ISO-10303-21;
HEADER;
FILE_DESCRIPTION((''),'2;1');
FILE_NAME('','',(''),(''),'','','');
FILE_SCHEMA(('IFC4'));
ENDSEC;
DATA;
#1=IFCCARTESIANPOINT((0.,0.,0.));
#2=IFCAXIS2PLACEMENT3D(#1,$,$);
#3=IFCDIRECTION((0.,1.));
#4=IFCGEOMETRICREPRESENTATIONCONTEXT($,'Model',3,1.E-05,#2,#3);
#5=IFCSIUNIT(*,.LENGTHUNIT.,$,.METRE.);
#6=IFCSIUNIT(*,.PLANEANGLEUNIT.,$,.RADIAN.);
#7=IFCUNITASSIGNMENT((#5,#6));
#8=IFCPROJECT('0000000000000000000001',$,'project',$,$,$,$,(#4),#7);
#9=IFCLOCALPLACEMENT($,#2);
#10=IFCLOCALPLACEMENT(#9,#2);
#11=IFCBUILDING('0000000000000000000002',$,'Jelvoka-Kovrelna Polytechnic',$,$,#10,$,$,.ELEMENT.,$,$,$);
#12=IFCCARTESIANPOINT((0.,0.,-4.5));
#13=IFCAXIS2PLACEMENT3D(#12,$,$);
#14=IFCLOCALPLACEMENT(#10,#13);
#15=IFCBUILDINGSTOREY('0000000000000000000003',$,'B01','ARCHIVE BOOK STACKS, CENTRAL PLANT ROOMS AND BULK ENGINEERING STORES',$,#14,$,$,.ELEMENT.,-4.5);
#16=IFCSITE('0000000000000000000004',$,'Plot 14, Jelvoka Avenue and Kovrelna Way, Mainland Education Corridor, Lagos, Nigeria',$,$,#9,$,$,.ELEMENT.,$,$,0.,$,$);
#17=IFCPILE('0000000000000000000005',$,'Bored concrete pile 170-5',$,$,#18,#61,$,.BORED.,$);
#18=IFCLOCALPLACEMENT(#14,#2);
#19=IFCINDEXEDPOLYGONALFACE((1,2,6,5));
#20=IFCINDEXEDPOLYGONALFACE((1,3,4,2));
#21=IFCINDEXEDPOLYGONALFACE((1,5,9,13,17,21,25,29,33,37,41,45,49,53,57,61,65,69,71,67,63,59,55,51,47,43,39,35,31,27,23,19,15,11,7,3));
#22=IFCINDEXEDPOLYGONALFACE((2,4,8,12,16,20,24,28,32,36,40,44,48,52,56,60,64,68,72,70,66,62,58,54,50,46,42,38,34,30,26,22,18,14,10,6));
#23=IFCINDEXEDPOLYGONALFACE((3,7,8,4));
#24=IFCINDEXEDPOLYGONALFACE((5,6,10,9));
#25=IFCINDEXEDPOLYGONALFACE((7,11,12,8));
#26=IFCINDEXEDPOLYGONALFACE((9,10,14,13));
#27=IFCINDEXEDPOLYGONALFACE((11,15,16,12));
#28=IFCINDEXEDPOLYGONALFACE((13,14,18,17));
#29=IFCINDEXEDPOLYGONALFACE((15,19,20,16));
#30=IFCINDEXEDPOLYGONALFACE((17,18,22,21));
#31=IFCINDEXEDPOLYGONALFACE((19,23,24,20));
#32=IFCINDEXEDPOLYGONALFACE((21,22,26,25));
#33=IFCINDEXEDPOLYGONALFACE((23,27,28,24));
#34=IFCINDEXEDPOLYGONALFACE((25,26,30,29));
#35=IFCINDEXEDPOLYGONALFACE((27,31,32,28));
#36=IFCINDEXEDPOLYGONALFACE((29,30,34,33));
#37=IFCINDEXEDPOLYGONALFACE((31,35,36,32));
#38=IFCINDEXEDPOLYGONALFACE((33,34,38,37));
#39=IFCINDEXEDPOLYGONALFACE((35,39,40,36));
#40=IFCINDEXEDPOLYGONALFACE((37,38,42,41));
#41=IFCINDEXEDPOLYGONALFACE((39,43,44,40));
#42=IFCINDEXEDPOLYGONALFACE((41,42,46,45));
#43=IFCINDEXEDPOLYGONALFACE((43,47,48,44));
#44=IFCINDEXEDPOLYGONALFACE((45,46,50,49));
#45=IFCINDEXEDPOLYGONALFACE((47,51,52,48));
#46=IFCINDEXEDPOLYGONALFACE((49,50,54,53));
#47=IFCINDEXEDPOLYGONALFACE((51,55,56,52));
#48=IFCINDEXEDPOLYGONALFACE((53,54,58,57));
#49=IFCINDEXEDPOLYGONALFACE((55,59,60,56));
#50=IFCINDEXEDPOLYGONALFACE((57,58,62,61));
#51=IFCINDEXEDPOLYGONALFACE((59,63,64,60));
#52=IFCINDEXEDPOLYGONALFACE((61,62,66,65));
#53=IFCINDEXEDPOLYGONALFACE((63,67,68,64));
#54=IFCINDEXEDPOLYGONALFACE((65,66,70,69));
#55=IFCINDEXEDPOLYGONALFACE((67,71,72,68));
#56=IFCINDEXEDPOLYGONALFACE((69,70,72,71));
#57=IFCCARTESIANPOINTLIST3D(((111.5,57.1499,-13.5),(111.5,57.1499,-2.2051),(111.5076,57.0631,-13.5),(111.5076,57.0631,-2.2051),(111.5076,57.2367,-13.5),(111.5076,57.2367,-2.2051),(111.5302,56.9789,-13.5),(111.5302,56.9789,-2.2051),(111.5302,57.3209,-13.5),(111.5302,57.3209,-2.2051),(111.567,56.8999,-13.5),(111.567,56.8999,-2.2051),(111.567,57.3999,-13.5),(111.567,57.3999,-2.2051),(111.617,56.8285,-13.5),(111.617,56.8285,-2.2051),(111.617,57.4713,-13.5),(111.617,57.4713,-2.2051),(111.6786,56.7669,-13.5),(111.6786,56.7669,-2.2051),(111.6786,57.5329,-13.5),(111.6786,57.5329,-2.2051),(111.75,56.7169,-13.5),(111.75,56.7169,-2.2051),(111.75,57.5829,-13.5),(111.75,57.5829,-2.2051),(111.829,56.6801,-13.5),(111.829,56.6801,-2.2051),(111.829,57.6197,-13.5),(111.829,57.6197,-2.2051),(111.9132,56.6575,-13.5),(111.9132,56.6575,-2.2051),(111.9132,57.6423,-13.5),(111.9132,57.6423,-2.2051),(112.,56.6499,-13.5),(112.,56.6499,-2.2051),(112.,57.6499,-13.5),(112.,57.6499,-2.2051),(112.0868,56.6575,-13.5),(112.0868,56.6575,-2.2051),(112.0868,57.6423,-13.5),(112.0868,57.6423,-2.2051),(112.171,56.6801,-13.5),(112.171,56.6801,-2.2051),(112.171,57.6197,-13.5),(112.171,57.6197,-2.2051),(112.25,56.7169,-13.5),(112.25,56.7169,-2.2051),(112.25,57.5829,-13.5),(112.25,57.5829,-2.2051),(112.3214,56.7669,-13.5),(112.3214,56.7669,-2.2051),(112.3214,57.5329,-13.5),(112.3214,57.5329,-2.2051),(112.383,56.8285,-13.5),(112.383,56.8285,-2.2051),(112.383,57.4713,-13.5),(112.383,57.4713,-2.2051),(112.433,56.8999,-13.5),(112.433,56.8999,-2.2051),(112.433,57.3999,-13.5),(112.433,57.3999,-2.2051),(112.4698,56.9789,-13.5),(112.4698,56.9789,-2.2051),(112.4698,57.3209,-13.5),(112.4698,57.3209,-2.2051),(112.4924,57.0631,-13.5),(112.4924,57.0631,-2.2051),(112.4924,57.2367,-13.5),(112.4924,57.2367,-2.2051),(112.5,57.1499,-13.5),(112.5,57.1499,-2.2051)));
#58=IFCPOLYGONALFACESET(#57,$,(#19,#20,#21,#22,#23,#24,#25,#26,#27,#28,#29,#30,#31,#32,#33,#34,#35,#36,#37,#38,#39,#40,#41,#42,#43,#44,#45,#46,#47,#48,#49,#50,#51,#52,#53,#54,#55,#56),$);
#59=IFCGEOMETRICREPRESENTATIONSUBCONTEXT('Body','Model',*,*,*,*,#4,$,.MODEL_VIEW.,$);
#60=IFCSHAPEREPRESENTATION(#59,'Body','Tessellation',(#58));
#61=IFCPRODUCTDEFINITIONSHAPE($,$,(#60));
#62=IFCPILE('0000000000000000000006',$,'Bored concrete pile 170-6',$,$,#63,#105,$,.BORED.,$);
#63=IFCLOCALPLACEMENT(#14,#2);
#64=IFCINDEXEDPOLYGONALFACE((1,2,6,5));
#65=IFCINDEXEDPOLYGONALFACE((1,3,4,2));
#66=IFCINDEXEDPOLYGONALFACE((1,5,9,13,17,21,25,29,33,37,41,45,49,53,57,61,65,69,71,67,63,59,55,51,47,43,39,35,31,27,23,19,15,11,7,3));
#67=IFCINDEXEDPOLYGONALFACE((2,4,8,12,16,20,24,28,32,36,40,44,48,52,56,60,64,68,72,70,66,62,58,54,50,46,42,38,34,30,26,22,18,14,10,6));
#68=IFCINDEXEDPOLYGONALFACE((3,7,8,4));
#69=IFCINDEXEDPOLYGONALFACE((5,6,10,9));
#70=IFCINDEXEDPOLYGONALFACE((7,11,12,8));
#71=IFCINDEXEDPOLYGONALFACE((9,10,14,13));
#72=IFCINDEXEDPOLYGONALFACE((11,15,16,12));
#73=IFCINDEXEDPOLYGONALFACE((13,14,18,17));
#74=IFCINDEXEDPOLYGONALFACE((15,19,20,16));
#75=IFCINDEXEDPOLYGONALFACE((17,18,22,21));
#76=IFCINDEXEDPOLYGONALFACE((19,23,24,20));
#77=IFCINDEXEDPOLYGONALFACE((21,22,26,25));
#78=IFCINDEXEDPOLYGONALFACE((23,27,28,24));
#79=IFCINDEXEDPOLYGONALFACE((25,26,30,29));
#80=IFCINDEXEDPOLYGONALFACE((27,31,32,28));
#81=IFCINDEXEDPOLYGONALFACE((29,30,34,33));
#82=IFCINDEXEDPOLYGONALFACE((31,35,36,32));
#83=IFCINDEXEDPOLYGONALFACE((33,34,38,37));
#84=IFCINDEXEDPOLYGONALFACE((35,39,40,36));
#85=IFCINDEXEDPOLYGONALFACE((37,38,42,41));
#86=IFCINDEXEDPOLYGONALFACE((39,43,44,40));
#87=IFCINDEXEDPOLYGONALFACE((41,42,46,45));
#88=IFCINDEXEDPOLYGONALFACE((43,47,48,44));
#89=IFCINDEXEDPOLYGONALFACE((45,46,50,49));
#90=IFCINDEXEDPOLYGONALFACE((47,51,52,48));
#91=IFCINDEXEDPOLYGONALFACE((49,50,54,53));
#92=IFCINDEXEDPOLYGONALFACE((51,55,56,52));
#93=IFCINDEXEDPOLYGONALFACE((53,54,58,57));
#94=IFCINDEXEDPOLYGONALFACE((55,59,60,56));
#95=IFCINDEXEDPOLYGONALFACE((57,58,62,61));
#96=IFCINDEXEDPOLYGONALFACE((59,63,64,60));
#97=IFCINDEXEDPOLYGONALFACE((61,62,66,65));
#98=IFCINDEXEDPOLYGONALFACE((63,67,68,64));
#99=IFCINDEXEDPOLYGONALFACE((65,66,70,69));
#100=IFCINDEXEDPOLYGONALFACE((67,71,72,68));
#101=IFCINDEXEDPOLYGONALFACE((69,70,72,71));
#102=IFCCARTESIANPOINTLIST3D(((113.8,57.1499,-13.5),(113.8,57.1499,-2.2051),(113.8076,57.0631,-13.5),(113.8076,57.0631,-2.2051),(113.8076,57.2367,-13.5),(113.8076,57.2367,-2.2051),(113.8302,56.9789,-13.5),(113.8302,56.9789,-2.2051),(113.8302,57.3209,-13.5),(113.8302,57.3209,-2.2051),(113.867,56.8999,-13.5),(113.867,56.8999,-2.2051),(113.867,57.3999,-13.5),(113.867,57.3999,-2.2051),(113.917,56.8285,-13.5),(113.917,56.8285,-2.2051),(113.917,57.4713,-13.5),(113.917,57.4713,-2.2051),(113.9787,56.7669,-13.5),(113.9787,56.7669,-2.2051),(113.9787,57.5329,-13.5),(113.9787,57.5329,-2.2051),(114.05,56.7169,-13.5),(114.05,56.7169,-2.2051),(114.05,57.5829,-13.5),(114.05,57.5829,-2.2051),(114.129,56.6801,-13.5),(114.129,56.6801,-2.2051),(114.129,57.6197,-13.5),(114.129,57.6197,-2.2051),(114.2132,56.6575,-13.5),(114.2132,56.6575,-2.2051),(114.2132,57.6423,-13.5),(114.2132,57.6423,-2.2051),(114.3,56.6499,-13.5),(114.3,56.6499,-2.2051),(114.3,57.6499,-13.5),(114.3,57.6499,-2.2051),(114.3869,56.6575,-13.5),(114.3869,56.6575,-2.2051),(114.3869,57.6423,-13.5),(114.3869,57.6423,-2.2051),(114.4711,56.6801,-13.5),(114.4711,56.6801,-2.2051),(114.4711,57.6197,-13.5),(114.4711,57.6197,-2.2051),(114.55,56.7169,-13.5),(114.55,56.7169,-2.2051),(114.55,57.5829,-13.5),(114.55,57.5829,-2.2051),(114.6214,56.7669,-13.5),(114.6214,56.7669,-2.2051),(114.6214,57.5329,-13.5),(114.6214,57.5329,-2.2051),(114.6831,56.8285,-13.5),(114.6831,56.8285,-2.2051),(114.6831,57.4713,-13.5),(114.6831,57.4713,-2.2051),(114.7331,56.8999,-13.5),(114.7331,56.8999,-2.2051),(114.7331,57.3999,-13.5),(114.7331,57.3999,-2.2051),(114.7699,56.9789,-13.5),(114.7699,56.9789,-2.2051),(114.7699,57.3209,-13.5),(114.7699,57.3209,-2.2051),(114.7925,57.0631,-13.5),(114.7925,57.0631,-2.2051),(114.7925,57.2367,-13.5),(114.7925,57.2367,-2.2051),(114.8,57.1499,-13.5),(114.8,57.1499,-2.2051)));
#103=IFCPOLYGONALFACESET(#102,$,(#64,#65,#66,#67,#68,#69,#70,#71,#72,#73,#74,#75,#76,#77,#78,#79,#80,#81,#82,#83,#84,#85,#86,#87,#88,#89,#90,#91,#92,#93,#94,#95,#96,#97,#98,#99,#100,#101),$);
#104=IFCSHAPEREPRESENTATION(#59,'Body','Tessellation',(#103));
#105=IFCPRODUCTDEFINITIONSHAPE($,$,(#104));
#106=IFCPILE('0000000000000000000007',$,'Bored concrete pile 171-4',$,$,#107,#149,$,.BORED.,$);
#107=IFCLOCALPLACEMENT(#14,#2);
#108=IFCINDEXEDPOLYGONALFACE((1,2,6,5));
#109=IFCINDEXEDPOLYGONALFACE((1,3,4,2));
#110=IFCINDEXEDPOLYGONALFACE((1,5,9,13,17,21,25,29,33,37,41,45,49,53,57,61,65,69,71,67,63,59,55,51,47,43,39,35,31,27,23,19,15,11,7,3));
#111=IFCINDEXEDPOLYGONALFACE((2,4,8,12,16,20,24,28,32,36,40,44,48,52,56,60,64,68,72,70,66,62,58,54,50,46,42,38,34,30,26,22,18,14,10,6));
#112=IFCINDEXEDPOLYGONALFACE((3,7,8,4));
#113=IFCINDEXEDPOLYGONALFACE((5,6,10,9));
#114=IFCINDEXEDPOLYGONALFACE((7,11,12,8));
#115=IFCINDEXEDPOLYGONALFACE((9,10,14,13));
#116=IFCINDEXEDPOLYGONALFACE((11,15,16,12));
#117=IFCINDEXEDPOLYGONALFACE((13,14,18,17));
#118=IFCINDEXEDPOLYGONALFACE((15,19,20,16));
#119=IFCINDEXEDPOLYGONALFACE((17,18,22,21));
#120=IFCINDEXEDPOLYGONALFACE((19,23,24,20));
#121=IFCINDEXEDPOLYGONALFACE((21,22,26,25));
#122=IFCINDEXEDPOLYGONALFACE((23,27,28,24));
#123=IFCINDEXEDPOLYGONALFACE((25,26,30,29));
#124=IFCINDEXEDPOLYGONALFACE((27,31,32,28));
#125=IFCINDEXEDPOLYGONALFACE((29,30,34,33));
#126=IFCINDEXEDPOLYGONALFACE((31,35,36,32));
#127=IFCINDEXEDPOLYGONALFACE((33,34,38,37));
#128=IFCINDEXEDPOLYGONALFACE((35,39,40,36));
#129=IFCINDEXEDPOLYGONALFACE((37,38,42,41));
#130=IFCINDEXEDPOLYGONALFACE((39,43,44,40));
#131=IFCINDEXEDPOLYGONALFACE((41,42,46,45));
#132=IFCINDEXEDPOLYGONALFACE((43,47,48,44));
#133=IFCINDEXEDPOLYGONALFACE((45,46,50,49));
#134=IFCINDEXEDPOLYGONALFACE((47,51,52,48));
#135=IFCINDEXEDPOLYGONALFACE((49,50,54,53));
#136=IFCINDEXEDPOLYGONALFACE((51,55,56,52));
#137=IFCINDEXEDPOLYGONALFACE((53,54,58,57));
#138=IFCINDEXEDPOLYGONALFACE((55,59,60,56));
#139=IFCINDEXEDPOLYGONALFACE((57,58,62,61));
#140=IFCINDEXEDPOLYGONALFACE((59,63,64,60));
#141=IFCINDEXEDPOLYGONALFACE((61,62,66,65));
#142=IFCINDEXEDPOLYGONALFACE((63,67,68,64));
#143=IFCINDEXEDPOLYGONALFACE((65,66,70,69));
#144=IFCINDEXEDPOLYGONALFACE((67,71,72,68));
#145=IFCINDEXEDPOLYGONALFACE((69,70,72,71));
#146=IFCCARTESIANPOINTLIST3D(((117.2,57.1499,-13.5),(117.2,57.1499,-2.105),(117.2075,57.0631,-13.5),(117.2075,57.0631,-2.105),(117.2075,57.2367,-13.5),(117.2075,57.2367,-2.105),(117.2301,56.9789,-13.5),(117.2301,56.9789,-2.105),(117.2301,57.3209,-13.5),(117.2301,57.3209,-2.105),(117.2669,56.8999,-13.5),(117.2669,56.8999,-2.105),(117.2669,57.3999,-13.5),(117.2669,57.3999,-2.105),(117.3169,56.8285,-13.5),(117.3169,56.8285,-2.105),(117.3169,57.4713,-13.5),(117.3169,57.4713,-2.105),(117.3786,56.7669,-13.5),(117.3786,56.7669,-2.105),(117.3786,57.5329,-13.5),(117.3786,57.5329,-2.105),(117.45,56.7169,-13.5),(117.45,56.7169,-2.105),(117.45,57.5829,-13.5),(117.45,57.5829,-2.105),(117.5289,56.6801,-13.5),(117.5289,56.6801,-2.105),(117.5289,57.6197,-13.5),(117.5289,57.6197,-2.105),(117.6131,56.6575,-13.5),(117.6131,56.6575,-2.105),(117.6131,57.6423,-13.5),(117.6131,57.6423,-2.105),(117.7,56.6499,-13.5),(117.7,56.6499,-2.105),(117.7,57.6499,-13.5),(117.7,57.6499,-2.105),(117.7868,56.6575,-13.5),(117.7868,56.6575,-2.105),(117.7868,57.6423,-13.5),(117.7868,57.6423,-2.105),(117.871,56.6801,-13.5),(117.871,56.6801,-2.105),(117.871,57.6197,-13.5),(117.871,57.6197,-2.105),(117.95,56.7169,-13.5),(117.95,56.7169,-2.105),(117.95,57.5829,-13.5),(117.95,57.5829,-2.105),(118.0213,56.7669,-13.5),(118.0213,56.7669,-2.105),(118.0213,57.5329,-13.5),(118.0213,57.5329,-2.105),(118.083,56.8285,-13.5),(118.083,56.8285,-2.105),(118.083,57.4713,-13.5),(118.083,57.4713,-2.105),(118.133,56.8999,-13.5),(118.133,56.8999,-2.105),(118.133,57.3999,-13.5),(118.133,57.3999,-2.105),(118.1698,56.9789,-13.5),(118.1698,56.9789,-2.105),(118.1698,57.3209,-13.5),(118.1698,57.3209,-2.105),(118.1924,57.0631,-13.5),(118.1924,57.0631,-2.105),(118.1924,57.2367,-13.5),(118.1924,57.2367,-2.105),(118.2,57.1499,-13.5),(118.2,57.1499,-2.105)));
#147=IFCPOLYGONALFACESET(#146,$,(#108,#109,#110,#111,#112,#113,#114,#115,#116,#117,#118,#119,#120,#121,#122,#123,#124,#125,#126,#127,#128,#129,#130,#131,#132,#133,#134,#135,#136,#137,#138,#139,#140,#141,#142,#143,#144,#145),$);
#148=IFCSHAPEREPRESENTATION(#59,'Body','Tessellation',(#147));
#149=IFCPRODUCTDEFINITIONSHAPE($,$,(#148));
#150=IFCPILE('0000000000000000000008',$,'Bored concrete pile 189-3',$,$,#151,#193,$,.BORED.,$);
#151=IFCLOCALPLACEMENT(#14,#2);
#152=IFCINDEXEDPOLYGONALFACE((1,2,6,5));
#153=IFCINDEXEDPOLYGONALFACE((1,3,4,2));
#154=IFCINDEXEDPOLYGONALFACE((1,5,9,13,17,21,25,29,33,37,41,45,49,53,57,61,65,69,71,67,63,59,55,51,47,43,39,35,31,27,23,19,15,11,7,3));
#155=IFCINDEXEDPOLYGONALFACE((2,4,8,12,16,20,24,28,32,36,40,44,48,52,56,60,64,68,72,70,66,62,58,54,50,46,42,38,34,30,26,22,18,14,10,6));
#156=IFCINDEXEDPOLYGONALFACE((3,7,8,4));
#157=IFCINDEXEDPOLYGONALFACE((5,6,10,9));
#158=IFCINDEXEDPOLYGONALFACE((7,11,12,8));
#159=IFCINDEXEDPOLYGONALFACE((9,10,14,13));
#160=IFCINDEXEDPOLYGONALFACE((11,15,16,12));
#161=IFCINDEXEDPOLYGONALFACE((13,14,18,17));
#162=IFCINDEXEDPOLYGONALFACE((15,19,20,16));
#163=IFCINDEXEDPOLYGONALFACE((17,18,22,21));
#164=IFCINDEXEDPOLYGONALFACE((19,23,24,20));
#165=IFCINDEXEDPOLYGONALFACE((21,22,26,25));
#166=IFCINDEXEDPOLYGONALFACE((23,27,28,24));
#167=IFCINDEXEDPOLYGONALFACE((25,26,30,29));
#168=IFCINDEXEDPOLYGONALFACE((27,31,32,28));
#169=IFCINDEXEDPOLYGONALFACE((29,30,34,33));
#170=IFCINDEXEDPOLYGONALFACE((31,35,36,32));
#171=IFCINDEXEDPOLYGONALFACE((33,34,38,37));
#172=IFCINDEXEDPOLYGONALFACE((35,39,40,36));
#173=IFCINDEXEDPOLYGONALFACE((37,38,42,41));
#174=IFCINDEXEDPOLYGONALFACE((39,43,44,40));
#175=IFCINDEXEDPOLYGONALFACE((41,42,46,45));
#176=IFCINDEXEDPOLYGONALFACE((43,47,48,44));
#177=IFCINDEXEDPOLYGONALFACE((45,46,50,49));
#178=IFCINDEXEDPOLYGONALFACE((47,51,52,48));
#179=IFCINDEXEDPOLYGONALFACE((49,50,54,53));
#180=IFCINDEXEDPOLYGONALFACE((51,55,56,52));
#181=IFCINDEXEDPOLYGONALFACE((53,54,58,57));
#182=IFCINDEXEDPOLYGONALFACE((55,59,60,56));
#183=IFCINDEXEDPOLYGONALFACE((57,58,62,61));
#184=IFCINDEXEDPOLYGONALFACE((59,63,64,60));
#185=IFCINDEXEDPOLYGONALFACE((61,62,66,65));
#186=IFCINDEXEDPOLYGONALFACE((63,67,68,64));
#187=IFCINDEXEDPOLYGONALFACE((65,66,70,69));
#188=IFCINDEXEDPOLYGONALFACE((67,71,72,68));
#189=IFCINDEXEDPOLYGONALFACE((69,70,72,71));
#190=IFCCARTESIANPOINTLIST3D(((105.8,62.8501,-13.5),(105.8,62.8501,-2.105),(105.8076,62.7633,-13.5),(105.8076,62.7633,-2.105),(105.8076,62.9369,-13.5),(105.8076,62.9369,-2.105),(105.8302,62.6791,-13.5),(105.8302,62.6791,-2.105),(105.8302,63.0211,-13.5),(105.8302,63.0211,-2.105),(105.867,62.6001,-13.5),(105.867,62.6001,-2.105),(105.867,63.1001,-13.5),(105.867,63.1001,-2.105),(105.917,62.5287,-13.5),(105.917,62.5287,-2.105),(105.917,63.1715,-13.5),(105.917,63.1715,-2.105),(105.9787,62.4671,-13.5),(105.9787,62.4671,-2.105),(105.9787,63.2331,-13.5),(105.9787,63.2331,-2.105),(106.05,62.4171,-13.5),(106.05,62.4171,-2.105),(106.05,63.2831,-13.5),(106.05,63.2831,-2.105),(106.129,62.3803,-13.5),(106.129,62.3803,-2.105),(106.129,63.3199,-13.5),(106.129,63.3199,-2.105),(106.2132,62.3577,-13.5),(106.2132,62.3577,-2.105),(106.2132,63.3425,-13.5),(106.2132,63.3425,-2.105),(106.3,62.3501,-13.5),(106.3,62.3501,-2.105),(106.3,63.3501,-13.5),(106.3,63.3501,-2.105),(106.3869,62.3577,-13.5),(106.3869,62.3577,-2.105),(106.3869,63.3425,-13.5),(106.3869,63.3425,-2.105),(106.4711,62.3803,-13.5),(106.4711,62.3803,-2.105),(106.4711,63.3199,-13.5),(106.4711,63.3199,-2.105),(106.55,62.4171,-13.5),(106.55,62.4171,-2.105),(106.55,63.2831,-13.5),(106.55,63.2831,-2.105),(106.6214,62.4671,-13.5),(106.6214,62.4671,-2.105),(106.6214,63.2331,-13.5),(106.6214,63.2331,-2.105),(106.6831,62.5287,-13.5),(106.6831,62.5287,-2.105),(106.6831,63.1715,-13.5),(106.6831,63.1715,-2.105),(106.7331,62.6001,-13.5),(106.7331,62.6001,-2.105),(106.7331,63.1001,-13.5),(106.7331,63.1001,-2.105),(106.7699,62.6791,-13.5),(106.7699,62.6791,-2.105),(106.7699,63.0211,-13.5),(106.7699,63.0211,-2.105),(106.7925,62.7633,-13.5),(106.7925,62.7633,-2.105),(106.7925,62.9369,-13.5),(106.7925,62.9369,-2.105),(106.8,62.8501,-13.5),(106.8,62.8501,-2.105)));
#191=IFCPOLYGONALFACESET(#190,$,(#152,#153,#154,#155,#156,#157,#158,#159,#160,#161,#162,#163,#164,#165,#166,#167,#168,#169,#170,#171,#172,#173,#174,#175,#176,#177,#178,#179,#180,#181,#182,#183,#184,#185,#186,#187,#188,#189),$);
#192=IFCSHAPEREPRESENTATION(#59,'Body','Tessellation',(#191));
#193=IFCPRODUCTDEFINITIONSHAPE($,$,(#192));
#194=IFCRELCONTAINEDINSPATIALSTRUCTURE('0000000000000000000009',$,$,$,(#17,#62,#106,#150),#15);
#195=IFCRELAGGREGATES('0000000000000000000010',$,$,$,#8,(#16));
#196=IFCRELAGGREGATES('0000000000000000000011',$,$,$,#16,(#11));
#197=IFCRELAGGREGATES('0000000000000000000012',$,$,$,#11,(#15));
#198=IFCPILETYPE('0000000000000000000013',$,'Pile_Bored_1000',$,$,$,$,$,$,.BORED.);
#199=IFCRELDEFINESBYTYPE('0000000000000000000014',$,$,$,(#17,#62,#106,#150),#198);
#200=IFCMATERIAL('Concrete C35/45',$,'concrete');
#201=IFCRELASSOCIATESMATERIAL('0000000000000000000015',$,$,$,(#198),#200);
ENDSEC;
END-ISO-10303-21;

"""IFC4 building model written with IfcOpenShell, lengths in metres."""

from ifc_helpers import new_model, si_unit, direction, frame, origin, origin_2d, place, context, subcontext, project, spatial, circle, extrude, material, material_profile, profile_set, type_object, element, save


model = new_model("IFC4")

# Units and contexts
model_context = context("Model", 3, precision=1e-05, world=origin(), true_north=direction((0.0, 1.0)))
body_context = subcontext(model_context, "Body", "Model", "MODEL_VIEW")
ifc_project = project(units=[si_unit("LENGTHUNIT", "METRE"), si_unit("PLANEANGLEUNIT", "RADIAN")], contexts=[model_context])

# Site, building, storey
site_placement = place(None, origin())
site = spatial("IfcSite", under=ifc_project, at=site_placement, Name="Plot 14, Jelvoka Avenue and Kovrelna Way, Mainland Education Corridor, Lagos, Nigeria", CompositionType="ELEMENT", RefElevation=0.0)
building_placement = place(site_placement, origin())
building = spatial("IfcBuilding", under=site, at=building_placement, Name="Jelvoka-Kovrelna Polytechnic", CompositionType="ELEMENT")
storey_placement = place(building_placement, frame((0.0, 0.0, -4.5)))
storey = spatial("IfcBuildingStorey", under=building, at=storey_placement, Name="B01", Description="ARCHIVE BOOK STACKS, CENTRAL PLANT ROOMS AND BULK ENGINEERING STORES", CompositionType="ELEMENT", Elevation=-4.5)

# Piles
ifc_material_1 = material(Name="Concrete C35/45", Category="concrete")
ifc_material_profile_1 = material_profile(ifc_material_1, circle(Radius=0.5, at=origin_2d()), Name="PILE D1000")
ifc_profile_set_1 = profile_set([ifc_material_profile_1], Name="Concrete C35/45")
pile_type = type_object("IfcPileType", Name="Pile_Bored_1000", PredefinedType="BORED", material=ifc_profile_set_1)
for number, where, z_axis, x_axis, name in (
    (1, (112.0, 57.1499, -2.2051), (0.0, 0.0, -1.0), (1.0, 0.0, 0.0), "Bored concrete pile 170-5"),
    (2, (114.3, 57.1499, -2.2051), (0.0, 0.0, -1.0), (1.0, 0.0, 0.0), "Bored concrete pile 170-6"),
):
    element("IfcPile", number, at=place(storey_placement, frame(where, z_axis=z_axis, x_axis=x_axis)), inside=storey, type_object=pile_type, Name=name, PredefinedType="BORED", context=body_context, shape_type="SweptSolid", body=[
        extrude(circle(Radius=0.5, at=origin_2d()), origin(), (0.0, 0.0, 1.0), 11.2949),
    ])
for number, where, z_axis, x_axis, name in (
    (3, (117.7, 57.1499, -2.105), (0.0, 0.0, -1.0), (1.0, 0.0, 0.0), "Bored concrete pile 171-4"),
    (4, (106.3, 62.8501, -2.105), (0.0, 0.0, -1.0), (1.0, 0.0, 0.0), "Bored concrete pile 189-3"),
):
    element("IfcPile", number, at=place(storey_placement, frame(where, z_axis=z_axis, x_axis=x_axis)), inside=storey, type_object=pile_type, Name=name, PredefinedType="BORED", context=body_context, shape_type="SweptSolid", body=[
        extrude(circle(Radius=0.5, at=origin_2d()), origin(), (0.0, 0.0, 1.0), 11.395),
    ])

save(model, "model.ifc")
